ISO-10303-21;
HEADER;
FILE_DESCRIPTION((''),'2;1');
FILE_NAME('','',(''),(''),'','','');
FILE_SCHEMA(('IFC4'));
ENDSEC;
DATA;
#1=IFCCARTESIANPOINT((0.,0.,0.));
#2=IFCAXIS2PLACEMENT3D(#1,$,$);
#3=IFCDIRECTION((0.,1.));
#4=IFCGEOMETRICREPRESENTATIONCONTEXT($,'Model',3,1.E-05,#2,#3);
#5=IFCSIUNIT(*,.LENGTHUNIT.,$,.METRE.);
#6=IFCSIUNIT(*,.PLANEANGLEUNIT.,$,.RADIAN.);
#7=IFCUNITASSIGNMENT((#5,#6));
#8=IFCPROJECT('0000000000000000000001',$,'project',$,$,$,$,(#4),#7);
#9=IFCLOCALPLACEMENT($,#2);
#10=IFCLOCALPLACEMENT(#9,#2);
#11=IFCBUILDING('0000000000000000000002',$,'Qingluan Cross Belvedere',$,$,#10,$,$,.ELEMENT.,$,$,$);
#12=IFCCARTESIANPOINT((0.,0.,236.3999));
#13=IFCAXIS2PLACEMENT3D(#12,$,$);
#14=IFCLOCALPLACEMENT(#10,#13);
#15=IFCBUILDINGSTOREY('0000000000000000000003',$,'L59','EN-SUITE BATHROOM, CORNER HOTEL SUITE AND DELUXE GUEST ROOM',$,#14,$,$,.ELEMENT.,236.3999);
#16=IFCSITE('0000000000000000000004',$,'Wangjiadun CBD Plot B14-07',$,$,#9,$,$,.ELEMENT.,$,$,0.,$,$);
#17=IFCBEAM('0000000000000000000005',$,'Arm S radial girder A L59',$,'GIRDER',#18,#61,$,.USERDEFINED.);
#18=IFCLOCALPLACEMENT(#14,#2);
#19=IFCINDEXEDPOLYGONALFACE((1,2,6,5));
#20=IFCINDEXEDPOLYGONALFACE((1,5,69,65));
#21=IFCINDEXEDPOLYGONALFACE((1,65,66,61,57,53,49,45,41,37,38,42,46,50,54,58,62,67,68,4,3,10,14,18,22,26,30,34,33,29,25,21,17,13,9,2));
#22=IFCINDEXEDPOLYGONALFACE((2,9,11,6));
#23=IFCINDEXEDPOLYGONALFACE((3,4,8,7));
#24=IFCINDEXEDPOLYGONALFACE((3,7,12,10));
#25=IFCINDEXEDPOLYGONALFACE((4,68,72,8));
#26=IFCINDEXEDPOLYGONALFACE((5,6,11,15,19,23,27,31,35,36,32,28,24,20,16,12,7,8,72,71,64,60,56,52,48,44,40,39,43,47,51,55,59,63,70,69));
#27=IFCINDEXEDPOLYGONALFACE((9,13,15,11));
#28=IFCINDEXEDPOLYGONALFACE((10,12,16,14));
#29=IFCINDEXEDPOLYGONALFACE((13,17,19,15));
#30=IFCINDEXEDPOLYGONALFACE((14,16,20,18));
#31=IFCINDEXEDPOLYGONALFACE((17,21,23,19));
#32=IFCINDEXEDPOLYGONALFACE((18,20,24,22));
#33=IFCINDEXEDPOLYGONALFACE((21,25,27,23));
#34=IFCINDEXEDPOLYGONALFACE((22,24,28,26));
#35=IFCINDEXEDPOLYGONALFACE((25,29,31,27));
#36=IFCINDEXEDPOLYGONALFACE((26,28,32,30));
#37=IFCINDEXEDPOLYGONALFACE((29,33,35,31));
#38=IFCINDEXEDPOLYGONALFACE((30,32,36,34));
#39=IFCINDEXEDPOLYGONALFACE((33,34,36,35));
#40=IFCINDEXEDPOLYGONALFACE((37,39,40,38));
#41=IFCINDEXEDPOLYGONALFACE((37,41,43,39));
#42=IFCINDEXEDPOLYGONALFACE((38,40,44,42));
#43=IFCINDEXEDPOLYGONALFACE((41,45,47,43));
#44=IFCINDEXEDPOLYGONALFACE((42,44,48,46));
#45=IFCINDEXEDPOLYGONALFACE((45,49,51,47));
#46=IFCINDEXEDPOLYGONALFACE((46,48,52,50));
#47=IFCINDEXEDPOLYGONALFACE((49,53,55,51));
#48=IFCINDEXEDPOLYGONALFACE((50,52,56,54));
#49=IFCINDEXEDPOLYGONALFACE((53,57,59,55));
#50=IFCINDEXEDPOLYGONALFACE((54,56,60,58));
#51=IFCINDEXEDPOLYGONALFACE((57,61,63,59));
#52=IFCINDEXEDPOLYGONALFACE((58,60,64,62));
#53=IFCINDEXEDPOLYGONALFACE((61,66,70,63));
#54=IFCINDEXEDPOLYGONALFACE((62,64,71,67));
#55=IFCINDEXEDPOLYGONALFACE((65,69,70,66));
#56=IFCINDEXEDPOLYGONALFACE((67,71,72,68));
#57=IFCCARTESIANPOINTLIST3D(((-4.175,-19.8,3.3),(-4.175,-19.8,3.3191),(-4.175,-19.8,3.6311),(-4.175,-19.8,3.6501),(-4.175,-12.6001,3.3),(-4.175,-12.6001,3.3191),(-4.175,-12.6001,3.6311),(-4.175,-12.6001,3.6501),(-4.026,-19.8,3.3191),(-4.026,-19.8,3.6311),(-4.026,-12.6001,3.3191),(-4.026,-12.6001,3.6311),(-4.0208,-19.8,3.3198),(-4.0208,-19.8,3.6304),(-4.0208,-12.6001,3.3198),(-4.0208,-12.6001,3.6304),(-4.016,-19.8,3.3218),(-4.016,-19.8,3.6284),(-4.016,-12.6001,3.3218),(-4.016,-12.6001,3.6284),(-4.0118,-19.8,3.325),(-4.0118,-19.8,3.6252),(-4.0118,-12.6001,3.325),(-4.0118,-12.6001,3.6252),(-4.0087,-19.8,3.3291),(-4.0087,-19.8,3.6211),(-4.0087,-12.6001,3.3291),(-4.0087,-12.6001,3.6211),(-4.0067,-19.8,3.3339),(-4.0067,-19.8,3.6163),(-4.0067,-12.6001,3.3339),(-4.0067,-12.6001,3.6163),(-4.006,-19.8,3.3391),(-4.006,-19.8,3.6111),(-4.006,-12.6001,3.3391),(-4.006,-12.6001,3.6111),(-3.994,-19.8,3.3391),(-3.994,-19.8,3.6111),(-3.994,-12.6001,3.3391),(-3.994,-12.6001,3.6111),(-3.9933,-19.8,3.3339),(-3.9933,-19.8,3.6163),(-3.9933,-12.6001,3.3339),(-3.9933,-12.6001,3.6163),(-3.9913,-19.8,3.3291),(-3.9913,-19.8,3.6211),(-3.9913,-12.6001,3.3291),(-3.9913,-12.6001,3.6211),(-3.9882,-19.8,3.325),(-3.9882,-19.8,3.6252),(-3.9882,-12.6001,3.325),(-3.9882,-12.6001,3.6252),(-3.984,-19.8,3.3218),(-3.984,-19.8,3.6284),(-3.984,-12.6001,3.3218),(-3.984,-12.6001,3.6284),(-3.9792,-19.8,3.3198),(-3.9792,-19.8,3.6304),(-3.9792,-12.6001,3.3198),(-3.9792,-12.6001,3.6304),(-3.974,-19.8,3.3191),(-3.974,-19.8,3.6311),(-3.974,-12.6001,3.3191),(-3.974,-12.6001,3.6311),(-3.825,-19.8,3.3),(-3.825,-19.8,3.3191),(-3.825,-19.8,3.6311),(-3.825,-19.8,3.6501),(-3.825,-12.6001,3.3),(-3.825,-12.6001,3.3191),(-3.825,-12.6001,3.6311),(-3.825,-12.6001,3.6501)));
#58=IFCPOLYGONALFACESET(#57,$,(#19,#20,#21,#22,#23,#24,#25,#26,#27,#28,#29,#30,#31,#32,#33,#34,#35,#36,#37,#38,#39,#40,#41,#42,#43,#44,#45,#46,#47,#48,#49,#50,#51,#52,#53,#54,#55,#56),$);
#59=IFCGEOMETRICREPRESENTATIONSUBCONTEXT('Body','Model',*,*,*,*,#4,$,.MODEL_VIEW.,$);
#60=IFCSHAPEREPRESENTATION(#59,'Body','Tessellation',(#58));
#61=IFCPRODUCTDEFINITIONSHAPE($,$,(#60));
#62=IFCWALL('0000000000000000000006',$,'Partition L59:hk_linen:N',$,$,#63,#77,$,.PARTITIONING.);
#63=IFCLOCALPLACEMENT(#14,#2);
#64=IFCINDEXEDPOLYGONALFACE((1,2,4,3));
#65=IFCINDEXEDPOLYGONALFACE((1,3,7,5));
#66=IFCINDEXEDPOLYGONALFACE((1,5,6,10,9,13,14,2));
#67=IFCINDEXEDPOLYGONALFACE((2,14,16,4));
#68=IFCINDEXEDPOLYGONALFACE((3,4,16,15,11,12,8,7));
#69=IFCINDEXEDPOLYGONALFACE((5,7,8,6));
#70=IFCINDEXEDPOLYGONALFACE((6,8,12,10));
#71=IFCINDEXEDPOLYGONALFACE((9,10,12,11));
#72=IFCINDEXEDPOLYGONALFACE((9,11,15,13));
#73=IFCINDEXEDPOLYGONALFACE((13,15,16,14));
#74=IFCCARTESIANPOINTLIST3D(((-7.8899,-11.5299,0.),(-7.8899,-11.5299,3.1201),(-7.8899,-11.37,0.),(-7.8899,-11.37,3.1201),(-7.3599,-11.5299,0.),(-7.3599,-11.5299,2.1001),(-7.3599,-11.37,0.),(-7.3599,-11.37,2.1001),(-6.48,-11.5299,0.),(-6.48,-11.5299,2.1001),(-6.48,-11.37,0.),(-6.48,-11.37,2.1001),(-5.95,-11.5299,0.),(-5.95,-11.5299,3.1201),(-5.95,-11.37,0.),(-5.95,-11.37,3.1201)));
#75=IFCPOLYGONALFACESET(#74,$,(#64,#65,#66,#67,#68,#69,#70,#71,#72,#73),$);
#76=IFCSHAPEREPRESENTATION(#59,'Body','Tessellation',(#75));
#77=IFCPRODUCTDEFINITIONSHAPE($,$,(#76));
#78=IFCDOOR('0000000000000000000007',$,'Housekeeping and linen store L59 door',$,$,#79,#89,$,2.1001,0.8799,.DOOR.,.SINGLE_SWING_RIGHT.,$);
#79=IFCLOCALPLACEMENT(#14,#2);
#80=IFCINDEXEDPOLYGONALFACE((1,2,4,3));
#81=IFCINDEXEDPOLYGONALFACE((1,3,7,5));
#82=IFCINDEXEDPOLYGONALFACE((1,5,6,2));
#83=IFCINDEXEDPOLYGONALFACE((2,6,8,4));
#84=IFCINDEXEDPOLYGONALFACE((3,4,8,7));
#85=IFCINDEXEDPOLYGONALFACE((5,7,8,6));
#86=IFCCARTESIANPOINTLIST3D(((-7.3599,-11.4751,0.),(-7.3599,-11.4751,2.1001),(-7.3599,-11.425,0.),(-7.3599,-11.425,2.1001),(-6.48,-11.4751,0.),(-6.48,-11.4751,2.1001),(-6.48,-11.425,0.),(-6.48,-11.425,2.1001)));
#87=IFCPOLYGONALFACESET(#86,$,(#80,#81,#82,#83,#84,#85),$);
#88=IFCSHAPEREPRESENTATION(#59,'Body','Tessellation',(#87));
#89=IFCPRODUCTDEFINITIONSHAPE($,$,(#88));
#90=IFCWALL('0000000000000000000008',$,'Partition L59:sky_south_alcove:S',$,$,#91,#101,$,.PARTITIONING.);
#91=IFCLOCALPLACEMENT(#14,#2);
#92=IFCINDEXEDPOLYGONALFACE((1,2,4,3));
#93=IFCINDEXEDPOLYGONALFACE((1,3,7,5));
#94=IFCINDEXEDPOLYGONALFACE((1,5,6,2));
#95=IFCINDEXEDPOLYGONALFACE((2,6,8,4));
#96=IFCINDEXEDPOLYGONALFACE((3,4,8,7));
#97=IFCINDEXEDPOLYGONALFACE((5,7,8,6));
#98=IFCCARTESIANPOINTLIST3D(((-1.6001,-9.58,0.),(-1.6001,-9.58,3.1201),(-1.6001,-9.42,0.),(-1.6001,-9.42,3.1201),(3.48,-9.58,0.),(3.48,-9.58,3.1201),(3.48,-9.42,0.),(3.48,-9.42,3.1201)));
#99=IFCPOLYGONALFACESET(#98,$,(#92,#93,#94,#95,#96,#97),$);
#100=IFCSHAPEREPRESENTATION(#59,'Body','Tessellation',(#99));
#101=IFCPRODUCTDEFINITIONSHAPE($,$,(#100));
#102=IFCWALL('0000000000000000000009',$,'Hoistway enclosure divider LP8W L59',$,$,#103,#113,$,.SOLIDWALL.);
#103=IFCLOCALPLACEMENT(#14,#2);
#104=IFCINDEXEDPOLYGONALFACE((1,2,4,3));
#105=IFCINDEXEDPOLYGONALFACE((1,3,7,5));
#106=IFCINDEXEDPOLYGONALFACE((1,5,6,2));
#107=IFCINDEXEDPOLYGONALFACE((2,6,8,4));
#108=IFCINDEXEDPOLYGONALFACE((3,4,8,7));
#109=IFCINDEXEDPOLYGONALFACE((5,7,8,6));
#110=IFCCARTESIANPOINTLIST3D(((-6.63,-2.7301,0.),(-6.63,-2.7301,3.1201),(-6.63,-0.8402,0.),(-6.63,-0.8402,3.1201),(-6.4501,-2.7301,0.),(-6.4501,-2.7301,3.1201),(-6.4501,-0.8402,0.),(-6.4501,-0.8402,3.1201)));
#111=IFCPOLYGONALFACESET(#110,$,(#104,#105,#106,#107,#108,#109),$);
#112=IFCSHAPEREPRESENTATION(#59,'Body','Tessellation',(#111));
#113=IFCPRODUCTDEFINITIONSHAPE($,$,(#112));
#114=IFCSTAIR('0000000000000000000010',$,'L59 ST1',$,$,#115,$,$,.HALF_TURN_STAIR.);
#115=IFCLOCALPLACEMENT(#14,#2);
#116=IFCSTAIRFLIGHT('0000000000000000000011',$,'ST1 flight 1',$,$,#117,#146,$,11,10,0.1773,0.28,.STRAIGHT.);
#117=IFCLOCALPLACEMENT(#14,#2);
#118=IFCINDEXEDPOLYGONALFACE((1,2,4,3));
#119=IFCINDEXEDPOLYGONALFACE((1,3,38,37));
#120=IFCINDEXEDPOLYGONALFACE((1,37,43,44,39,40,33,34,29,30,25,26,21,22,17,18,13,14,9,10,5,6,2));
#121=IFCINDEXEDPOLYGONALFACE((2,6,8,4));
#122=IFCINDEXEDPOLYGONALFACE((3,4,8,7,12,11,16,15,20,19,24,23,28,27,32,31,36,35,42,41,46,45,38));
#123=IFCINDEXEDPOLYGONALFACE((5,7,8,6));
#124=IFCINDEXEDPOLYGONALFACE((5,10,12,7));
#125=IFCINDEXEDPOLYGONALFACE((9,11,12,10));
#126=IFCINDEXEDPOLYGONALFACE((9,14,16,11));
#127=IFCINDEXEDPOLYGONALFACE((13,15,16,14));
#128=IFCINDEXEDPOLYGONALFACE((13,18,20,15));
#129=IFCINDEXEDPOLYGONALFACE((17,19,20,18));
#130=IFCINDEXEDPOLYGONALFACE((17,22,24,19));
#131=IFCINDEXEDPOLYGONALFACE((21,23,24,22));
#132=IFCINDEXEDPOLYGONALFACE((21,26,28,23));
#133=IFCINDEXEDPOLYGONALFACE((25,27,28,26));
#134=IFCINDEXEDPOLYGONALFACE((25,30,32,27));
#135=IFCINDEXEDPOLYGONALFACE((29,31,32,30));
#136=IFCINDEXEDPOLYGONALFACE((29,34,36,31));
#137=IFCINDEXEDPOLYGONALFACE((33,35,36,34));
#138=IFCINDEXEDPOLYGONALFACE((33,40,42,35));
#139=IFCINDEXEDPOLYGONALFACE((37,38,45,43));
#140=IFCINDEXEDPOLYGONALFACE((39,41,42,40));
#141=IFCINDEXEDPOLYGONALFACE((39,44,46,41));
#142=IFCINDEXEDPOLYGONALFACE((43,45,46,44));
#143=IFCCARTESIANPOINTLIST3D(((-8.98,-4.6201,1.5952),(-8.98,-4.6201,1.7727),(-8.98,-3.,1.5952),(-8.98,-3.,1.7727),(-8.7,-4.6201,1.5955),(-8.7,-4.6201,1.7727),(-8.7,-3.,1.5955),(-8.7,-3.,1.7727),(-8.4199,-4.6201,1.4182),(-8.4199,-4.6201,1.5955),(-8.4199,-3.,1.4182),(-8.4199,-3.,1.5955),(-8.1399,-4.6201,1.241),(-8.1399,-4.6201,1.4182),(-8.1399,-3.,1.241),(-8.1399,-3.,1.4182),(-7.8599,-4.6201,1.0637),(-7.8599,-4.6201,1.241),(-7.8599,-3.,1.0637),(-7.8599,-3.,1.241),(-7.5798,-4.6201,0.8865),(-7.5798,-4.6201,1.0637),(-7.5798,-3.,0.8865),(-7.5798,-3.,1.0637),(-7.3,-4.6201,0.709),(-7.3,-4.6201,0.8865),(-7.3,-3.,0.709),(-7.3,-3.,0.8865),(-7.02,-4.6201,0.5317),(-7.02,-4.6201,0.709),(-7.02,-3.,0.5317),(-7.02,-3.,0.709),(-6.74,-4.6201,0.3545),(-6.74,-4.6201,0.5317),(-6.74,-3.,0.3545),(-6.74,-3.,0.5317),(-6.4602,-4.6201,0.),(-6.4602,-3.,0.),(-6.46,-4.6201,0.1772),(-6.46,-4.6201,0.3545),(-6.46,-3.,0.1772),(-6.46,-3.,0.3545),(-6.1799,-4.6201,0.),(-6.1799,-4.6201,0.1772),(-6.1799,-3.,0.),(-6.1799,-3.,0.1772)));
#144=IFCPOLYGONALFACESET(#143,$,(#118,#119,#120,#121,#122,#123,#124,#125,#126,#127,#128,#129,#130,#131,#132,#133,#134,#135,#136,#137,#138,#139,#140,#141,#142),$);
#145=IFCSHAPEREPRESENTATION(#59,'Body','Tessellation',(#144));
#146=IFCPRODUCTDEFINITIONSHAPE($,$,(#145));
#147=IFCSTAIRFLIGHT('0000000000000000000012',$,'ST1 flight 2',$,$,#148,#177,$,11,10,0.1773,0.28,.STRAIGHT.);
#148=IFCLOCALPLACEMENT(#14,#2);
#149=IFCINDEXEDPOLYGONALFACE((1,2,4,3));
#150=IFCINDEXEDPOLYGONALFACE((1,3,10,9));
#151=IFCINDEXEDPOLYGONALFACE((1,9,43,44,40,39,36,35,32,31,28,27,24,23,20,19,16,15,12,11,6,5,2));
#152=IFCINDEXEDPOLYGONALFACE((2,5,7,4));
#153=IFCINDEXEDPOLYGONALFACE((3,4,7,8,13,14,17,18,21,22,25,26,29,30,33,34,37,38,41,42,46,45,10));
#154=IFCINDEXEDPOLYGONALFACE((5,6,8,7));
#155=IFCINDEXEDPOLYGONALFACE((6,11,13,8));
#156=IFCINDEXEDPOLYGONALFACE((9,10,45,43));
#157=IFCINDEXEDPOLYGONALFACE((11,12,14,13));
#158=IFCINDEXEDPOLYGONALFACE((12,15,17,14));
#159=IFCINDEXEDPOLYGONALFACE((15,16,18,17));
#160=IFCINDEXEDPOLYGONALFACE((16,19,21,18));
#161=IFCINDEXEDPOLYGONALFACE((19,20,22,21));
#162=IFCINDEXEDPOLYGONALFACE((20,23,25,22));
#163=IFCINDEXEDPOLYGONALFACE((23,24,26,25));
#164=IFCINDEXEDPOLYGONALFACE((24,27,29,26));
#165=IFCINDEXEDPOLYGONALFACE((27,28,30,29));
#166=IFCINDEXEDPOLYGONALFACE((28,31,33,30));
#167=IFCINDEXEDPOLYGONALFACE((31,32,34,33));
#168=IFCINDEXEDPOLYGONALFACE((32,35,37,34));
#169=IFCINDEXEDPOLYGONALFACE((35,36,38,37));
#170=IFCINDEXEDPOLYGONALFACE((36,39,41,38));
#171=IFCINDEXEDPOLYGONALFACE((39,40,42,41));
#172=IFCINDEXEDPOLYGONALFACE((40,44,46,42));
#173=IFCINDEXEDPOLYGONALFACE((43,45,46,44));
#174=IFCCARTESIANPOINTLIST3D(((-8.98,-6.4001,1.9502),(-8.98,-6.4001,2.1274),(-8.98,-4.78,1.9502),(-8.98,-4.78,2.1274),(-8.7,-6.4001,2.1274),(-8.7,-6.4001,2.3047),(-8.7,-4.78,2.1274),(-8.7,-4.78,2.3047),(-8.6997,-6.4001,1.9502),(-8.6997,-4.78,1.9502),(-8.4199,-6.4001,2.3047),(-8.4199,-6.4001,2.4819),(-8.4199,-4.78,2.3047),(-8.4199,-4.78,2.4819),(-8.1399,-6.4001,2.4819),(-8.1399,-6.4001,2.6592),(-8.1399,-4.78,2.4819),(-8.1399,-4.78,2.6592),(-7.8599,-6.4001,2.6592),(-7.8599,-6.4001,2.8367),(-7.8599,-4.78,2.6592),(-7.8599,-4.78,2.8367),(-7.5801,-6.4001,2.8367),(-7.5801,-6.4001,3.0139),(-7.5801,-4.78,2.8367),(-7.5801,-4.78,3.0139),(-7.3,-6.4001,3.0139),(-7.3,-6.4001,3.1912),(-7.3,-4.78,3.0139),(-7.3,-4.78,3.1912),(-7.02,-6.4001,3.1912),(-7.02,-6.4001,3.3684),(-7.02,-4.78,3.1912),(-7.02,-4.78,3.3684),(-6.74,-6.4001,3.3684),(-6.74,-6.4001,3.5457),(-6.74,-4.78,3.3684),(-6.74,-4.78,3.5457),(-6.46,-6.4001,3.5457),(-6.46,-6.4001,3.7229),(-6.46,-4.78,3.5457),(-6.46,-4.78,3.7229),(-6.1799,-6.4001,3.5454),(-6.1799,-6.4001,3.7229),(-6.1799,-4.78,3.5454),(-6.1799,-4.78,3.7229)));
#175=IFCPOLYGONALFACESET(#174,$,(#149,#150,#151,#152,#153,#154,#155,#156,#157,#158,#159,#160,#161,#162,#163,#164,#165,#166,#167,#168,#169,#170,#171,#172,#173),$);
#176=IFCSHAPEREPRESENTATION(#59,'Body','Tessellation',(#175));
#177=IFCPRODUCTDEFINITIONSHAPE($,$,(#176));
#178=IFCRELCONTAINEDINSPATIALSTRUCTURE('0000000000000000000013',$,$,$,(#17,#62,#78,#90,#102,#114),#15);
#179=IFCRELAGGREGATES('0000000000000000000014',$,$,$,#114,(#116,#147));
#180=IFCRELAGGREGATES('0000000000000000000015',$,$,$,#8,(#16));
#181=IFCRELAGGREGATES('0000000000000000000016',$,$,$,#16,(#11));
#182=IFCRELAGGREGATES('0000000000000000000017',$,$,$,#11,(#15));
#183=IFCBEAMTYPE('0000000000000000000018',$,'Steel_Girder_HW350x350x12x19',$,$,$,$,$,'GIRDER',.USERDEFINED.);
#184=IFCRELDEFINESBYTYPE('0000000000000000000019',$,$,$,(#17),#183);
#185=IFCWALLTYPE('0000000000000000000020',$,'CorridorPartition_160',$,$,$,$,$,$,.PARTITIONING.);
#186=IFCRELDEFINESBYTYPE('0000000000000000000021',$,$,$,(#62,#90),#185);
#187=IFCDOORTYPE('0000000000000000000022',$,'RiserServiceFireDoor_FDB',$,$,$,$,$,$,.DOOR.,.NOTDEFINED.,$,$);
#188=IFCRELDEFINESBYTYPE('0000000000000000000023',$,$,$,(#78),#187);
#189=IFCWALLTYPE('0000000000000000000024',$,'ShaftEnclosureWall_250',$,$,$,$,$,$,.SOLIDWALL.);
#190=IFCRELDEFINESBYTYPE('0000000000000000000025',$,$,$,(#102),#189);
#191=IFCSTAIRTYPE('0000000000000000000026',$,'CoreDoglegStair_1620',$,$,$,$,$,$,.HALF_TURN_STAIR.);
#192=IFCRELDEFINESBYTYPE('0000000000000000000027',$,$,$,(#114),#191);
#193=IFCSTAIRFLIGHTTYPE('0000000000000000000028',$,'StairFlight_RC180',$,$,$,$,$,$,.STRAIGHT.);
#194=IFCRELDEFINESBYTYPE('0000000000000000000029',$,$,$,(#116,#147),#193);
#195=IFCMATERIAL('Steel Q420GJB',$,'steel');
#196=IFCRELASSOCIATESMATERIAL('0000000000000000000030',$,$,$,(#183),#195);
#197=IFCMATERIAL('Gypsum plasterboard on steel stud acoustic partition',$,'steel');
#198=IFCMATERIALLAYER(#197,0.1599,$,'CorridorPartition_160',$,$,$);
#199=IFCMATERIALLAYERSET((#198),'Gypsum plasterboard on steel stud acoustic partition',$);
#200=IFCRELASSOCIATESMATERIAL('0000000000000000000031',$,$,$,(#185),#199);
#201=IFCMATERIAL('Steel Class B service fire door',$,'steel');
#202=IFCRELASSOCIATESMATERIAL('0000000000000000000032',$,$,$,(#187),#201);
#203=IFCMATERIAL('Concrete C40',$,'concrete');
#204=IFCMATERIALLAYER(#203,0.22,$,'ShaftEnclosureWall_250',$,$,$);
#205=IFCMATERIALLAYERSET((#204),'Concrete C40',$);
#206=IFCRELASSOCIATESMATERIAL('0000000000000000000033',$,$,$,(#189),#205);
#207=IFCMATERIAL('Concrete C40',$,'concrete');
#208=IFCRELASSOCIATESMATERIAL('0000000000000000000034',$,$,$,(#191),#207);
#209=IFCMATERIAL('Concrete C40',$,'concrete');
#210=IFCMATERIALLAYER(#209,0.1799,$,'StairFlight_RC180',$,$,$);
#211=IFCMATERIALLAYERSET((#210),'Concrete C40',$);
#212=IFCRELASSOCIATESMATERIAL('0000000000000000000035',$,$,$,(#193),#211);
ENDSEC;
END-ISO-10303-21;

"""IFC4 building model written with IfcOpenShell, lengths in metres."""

from ifc_helpers import new_model, si_unit, direction, frame, frame_2d, origin, origin_2d, place, context, subcontext, project, spatial, polyline, rectangle, i_section, outline, extrude, material, layer, layer_set, material_profile, profile_set, type_object, element, fill, aggregate, save


model = new_model("IFC4")

# Units and contexts
model_context = context("Model", 3, precision=1e-05, world=origin(), true_north=direction((0.0, 1.0)))
body_context = subcontext(model_context, "Body", "Model", "MODEL_VIEW")
ifc_project = project(units=[si_unit("LENGTHUNIT", "METRE"), si_unit("PLANEANGLEUNIT", "RADIAN")], contexts=[model_context])

# Site, building, storey
site_placement = place(None, origin())
site = spatial("IfcSite", under=ifc_project, at=site_placement, Name="Wangjiadun CBD Plot B14-07", CompositionType="ELEMENT", RefElevation=0.0)
building_placement = place(site_placement, origin())
building = spatial("IfcBuilding", under=site, at=building_placement, Name="Qingluan Cross Belvedere", CompositionType="ELEMENT")
storey_placement = place(building_placement, frame((0.0, 0.0, 236.3999)))
storey = spatial("IfcBuildingStorey", under=building, at=storey_placement, Name="L59", Description="EN-SUITE BATHROOM, CORNER HOTEL SUITE AND DELUXE GUEST ROOM", CompositionType="ELEMENT", Elevation=236.3999)

# Beam
ifc_material_1 = material(Name="Steel Q420GJB", Category="steel")
ifc_material_profile_1 = material_profile(ifc_material_1, i_section(OverallWidth=0.3501, OverallDepth=0.3501, WebThickness=0.012, FlangeThickness=0.019, FilletRadius=0.02, at=origin_2d()), Name="HW350x350x12x19")
ifc_profile_set_1 = profile_set([ifc_material_profile_1], Name="Steel Q420GJB")
beam_type_1 = type_object("IfcBeamType", Name="Steel_Girder_HW350x350x12x19", ElementType="GIRDER", PredefinedType="USERDEFINED", material=ifc_profile_set_1)
beam_1_placement = place(storey_placement, frame((-4.0, -12.6001, 3.4751), z_axis=(0.0, -1.0, 0.0), x_axis=(1.0, 0.0, 0.0)))
element("IfcBeam", 1, at=beam_1_placement, inside=storey, type_object=beam_type_1, Name="Arm S radial girder A L59", ObjectType="GIRDER", PredefinedType="USERDEFINED", context=body_context, shape_type="SweptSolid", body=[
    extrude(i_section(OverallWidth=0.3501, OverallDepth=0.3501, WebThickness=0.012, FlangeThickness=0.019, FilletRadius=0.02, at=origin_2d()), origin(), (0.0, 0.0, 1.0), 7.2),
])

# Wall, opening, door
ifc_material_2 = material(Name="Gypsum plasterboard on steel stud acoustic partition", Category="steel")
ifc_layer_1 = layer(ifc_material_2, 0.1599, Name="CorridorPartition_160")
ifc_layer_set_1 = layer_set([ifc_layer_1], Name="Gypsum plasterboard on steel stud acoustic partition")
wall_type_1 = type_object("IfcWallType", Name="CorridorPartition_160", PredefinedType="PARTITIONING", material=ifc_layer_set_1)
wall_1_placement = place(storey_placement, frame((-7.8899, -11.45, 0.0), z_axis=(0.0, 0.0, 1.0), x_axis=(1.0, 0.0, 0.0)))
wall_1 = element("IfcWall", 2, at=wall_1_placement, inside=storey, type_object=wall_type_1, Name="Partition L59:hk_linen:N", PredefinedType="PARTITIONING", context=body_context, shape_type="SweptSolid", body=[
    extrude(rectangle(XDim=1.9399, YDim=0.1599, at=frame_2d((0.97, 0.0))), origin(), (0.0, 0.0, 1.0), 3.1201),
])
opening_1_placement = place(wall_1_placement, frame((0.53, 0.0, 0.0)))
opening_1 = element("IfcOpeningElement", 3, at=opening_1_placement, cuts=wall_1, PredefinedType="OPENING", context=body_context, shape_type="SweptSolid", body=[
    extrude(rectangle(XDim=0.8799, YDim=2.1001, at=frame_2d((0.4399, 1.05))), frame((0.0, 0.0898, 0.0), z_axis=(0.0, -1.0, 0.0), x_axis=(1.0, 0.0, 0.0)), (0.0, 0.0, 1.0), 0.1799),
])
ifc_material_3 = material(Name="Steel Class B service fire door", Category="steel")
door_type_1 = type_object("IfcDoorType", Name="RiserServiceFireDoor_FDB", OperationType="NOTDEFINED", PredefinedType="DOOR", material=ifc_material_3)
door_1_placement = place(opening_1_placement, origin())
door_1 = element("IfcDoor", 4, at=door_1_placement, inside=storey, type_object=door_type_1, Name="Housekeeping and linen store L59 door", OperationType="SINGLE_SWING_RIGHT", OverallHeight=2.1001, OverallWidth=0.8799, PredefinedType="DOOR", context=body_context, shape_type="SweptSolid", body=[
    extrude(rectangle(XDim=0.8799, YDim=2.1001, at=frame_2d((0.4399, 1.05))), frame((0.0, 0.0249, 0.0), z_axis=(0.0, -1.0, 0.0), x_axis=(1.0, 0.0, 0.0)), (0.0, 0.0, 1.0), 0.05),
])
fill(opening_1, door_1)

# Wall
wall_2_placement = place(storey_placement, frame((-1.6001, -9.5, 0.0), z_axis=(0.0, 0.0, 1.0), x_axis=(1.0, 0.0, 0.0)))
element("IfcWall", 5, at=wall_2_placement, inside=storey, type_object=wall_type_1, Name="Partition L59:sky_south_alcove:S", PredefinedType="PARTITIONING", context=body_context, shape_type="SweptSolid", body=[
    extrude(rectangle(XDim=5.0801, YDim=0.1599, at=frame_2d((2.54, 0.0))), origin(), (0.0, 0.0, 1.0), 3.1201),
])

# Wall
ifc_material_4 = material(Name="Concrete C40", Category="concrete")
ifc_layer_2 = layer(ifc_material_4, 0.22, Name="ShaftEnclosureWall_250")
ifc_layer_set_2 = layer_set([ifc_layer_2], Name="Concrete C40")
wall_type_2 = type_object("IfcWallType", Name="ShaftEnclosureWall_250", PredefinedType="SOLIDWALL", material=ifc_layer_set_2)
wall_3_placement = place(storey_placement, frame((-6.54, -2.73, 0.0), z_axis=(0.0, 0.0, 1.0), x_axis=(0.0, 1.0, 0.0)))
element("IfcWall", 6, at=wall_3_placement, inside=storey, type_object=wall_type_2, Name="Hoistway enclosure divider LP8W L59", PredefinedType="SOLIDWALL", context=body_context, shape_type="SweptSolid", body=[
    extrude(rectangle(XDim=1.8899, YDim=0.1799, at=frame_2d((0.9448, 0.0))), origin(), (0.0, 0.0, 1.0), 3.1201),
])

# Stair, stair flights
ifc_material_5 = material(Name="Concrete C40", Category="concrete")
stair_type = type_object("IfcStairType", Name="CoreDoglegStair_1620", PredefinedType="HALF_TURN_STAIR", material=ifc_material_5)
stair_placement = place(storey_placement, origin())
stair = element("IfcStair", 7, at=stair_placement, inside=storey, type_object=stair_type, Name="L59 ST1", PredefinedType="HALF_TURN_STAIR")
ifc_material_6 = material(Name="Concrete C40", Category="concrete")
ifc_layer_3 = layer(ifc_material_6, 0.1799, Name="StairFlight_RC180")
ifc_layer_set_3 = layer_set([ifc_layer_3], Name="Concrete C40")
stair_flight_type = type_object("IfcStairFlightType", Name="StairFlight_RC180", PredefinedType="STRAIGHT", material=ifc_layer_set_3)
stair_flight_1_placement = place(storey_placement, frame((-6.1799, -3.8101, 0.0), z_axis=(0.0, 0.0, 1.0), x_axis=(-1.0, 0.0, 0.0)))
stair_flight_1 = element("IfcStairFlight", 8, at=stair_flight_1_placement, type_object=stair_flight_type, Name="ST1 flight 1", NumberOfRisers=11, NumberOfTreads=10, PredefinedType="STRAIGHT", RiserHeight=0.1773, TreadLength=0.28, context=body_context, shape_type="SweptSolid", body=[
    extrude(outline(polyline([(0.0, 0.0), (0.0, 0.1772), (0.28, 0.1772), (0.28, 0.3545), (0.5601, 0.3545), (0.5601, 0.5317), (0.8401, 0.5317), (0.8401, 0.709), (1.1201, 0.709), (1.1201, 0.8865), (1.3999, 0.8865), (1.3999, 1.0637), (1.6799, 1.0637), (1.6799, 1.241), (1.96, 1.241), (1.96, 1.4182), (2.24, 1.4182), (2.24, 1.5955), (2.52, 1.5955), (2.52, 1.7727), (2.8, 1.7727), (2.8, 1.95), (2.8, 1.5952), (0.2803, 0.0), (0.0, 0.0)])), frame((0.0, 0.8101, 0.0), z_axis=(0.0, -1.0, 0.0), x_axis=(1.0, 0.0, 0.0)), (0.0, 0.0, 1.0), 1.6201),
])
stair_flight_2_placement = place(storey_placement, frame((-8.98, -5.5901, 1.9502), z_axis=(0.0, 0.0, 1.0), x_axis=(1.0, 0.0, 0.0)))
stair_flight_2 = element("IfcStairFlight", 9, at=stair_flight_2_placement, type_object=stair_flight_type, Name="ST1 flight 2", NumberOfRisers=11, NumberOfTreads=10, PredefinedType="STRAIGHT", RiserHeight=0.1773, TreadLength=0.28, context=body_context, shape_type="SweptSolid", body=[
    extrude(outline(polyline([(0.0, 0.0), (0.0, 0.1772), (0.28, 0.1772), (0.28, 0.3545), (0.5601, 0.3545), (0.5601, 0.5317), (0.8401, 0.5317), (0.8401, 0.709), (1.1201, 0.709), (1.1201, 0.8865), (1.3999, 0.8865), (1.3999, 1.0637), (1.6799, 1.0637), (1.6799, 1.241), (1.96, 1.241), (1.96, 1.4182), (2.24, 1.4182), (2.24, 1.5955), (2.52, 1.5955), (2.52, 1.7727), (2.8, 1.7727), (2.8, 1.95), (2.8, 1.5952), (0.2803, 0.0), (0.0, 0.0)])), frame((0.0, 0.8101, 0.0), z_axis=(0.0, -1.0, 0.0), x_axis=(1.0, 0.0, 0.0)), (0.0, 0.0, 1.0), 1.6201),
])
aggregate(stair, [stair_flight_1, stair_flight_2])

save(model, "model.ifc")
